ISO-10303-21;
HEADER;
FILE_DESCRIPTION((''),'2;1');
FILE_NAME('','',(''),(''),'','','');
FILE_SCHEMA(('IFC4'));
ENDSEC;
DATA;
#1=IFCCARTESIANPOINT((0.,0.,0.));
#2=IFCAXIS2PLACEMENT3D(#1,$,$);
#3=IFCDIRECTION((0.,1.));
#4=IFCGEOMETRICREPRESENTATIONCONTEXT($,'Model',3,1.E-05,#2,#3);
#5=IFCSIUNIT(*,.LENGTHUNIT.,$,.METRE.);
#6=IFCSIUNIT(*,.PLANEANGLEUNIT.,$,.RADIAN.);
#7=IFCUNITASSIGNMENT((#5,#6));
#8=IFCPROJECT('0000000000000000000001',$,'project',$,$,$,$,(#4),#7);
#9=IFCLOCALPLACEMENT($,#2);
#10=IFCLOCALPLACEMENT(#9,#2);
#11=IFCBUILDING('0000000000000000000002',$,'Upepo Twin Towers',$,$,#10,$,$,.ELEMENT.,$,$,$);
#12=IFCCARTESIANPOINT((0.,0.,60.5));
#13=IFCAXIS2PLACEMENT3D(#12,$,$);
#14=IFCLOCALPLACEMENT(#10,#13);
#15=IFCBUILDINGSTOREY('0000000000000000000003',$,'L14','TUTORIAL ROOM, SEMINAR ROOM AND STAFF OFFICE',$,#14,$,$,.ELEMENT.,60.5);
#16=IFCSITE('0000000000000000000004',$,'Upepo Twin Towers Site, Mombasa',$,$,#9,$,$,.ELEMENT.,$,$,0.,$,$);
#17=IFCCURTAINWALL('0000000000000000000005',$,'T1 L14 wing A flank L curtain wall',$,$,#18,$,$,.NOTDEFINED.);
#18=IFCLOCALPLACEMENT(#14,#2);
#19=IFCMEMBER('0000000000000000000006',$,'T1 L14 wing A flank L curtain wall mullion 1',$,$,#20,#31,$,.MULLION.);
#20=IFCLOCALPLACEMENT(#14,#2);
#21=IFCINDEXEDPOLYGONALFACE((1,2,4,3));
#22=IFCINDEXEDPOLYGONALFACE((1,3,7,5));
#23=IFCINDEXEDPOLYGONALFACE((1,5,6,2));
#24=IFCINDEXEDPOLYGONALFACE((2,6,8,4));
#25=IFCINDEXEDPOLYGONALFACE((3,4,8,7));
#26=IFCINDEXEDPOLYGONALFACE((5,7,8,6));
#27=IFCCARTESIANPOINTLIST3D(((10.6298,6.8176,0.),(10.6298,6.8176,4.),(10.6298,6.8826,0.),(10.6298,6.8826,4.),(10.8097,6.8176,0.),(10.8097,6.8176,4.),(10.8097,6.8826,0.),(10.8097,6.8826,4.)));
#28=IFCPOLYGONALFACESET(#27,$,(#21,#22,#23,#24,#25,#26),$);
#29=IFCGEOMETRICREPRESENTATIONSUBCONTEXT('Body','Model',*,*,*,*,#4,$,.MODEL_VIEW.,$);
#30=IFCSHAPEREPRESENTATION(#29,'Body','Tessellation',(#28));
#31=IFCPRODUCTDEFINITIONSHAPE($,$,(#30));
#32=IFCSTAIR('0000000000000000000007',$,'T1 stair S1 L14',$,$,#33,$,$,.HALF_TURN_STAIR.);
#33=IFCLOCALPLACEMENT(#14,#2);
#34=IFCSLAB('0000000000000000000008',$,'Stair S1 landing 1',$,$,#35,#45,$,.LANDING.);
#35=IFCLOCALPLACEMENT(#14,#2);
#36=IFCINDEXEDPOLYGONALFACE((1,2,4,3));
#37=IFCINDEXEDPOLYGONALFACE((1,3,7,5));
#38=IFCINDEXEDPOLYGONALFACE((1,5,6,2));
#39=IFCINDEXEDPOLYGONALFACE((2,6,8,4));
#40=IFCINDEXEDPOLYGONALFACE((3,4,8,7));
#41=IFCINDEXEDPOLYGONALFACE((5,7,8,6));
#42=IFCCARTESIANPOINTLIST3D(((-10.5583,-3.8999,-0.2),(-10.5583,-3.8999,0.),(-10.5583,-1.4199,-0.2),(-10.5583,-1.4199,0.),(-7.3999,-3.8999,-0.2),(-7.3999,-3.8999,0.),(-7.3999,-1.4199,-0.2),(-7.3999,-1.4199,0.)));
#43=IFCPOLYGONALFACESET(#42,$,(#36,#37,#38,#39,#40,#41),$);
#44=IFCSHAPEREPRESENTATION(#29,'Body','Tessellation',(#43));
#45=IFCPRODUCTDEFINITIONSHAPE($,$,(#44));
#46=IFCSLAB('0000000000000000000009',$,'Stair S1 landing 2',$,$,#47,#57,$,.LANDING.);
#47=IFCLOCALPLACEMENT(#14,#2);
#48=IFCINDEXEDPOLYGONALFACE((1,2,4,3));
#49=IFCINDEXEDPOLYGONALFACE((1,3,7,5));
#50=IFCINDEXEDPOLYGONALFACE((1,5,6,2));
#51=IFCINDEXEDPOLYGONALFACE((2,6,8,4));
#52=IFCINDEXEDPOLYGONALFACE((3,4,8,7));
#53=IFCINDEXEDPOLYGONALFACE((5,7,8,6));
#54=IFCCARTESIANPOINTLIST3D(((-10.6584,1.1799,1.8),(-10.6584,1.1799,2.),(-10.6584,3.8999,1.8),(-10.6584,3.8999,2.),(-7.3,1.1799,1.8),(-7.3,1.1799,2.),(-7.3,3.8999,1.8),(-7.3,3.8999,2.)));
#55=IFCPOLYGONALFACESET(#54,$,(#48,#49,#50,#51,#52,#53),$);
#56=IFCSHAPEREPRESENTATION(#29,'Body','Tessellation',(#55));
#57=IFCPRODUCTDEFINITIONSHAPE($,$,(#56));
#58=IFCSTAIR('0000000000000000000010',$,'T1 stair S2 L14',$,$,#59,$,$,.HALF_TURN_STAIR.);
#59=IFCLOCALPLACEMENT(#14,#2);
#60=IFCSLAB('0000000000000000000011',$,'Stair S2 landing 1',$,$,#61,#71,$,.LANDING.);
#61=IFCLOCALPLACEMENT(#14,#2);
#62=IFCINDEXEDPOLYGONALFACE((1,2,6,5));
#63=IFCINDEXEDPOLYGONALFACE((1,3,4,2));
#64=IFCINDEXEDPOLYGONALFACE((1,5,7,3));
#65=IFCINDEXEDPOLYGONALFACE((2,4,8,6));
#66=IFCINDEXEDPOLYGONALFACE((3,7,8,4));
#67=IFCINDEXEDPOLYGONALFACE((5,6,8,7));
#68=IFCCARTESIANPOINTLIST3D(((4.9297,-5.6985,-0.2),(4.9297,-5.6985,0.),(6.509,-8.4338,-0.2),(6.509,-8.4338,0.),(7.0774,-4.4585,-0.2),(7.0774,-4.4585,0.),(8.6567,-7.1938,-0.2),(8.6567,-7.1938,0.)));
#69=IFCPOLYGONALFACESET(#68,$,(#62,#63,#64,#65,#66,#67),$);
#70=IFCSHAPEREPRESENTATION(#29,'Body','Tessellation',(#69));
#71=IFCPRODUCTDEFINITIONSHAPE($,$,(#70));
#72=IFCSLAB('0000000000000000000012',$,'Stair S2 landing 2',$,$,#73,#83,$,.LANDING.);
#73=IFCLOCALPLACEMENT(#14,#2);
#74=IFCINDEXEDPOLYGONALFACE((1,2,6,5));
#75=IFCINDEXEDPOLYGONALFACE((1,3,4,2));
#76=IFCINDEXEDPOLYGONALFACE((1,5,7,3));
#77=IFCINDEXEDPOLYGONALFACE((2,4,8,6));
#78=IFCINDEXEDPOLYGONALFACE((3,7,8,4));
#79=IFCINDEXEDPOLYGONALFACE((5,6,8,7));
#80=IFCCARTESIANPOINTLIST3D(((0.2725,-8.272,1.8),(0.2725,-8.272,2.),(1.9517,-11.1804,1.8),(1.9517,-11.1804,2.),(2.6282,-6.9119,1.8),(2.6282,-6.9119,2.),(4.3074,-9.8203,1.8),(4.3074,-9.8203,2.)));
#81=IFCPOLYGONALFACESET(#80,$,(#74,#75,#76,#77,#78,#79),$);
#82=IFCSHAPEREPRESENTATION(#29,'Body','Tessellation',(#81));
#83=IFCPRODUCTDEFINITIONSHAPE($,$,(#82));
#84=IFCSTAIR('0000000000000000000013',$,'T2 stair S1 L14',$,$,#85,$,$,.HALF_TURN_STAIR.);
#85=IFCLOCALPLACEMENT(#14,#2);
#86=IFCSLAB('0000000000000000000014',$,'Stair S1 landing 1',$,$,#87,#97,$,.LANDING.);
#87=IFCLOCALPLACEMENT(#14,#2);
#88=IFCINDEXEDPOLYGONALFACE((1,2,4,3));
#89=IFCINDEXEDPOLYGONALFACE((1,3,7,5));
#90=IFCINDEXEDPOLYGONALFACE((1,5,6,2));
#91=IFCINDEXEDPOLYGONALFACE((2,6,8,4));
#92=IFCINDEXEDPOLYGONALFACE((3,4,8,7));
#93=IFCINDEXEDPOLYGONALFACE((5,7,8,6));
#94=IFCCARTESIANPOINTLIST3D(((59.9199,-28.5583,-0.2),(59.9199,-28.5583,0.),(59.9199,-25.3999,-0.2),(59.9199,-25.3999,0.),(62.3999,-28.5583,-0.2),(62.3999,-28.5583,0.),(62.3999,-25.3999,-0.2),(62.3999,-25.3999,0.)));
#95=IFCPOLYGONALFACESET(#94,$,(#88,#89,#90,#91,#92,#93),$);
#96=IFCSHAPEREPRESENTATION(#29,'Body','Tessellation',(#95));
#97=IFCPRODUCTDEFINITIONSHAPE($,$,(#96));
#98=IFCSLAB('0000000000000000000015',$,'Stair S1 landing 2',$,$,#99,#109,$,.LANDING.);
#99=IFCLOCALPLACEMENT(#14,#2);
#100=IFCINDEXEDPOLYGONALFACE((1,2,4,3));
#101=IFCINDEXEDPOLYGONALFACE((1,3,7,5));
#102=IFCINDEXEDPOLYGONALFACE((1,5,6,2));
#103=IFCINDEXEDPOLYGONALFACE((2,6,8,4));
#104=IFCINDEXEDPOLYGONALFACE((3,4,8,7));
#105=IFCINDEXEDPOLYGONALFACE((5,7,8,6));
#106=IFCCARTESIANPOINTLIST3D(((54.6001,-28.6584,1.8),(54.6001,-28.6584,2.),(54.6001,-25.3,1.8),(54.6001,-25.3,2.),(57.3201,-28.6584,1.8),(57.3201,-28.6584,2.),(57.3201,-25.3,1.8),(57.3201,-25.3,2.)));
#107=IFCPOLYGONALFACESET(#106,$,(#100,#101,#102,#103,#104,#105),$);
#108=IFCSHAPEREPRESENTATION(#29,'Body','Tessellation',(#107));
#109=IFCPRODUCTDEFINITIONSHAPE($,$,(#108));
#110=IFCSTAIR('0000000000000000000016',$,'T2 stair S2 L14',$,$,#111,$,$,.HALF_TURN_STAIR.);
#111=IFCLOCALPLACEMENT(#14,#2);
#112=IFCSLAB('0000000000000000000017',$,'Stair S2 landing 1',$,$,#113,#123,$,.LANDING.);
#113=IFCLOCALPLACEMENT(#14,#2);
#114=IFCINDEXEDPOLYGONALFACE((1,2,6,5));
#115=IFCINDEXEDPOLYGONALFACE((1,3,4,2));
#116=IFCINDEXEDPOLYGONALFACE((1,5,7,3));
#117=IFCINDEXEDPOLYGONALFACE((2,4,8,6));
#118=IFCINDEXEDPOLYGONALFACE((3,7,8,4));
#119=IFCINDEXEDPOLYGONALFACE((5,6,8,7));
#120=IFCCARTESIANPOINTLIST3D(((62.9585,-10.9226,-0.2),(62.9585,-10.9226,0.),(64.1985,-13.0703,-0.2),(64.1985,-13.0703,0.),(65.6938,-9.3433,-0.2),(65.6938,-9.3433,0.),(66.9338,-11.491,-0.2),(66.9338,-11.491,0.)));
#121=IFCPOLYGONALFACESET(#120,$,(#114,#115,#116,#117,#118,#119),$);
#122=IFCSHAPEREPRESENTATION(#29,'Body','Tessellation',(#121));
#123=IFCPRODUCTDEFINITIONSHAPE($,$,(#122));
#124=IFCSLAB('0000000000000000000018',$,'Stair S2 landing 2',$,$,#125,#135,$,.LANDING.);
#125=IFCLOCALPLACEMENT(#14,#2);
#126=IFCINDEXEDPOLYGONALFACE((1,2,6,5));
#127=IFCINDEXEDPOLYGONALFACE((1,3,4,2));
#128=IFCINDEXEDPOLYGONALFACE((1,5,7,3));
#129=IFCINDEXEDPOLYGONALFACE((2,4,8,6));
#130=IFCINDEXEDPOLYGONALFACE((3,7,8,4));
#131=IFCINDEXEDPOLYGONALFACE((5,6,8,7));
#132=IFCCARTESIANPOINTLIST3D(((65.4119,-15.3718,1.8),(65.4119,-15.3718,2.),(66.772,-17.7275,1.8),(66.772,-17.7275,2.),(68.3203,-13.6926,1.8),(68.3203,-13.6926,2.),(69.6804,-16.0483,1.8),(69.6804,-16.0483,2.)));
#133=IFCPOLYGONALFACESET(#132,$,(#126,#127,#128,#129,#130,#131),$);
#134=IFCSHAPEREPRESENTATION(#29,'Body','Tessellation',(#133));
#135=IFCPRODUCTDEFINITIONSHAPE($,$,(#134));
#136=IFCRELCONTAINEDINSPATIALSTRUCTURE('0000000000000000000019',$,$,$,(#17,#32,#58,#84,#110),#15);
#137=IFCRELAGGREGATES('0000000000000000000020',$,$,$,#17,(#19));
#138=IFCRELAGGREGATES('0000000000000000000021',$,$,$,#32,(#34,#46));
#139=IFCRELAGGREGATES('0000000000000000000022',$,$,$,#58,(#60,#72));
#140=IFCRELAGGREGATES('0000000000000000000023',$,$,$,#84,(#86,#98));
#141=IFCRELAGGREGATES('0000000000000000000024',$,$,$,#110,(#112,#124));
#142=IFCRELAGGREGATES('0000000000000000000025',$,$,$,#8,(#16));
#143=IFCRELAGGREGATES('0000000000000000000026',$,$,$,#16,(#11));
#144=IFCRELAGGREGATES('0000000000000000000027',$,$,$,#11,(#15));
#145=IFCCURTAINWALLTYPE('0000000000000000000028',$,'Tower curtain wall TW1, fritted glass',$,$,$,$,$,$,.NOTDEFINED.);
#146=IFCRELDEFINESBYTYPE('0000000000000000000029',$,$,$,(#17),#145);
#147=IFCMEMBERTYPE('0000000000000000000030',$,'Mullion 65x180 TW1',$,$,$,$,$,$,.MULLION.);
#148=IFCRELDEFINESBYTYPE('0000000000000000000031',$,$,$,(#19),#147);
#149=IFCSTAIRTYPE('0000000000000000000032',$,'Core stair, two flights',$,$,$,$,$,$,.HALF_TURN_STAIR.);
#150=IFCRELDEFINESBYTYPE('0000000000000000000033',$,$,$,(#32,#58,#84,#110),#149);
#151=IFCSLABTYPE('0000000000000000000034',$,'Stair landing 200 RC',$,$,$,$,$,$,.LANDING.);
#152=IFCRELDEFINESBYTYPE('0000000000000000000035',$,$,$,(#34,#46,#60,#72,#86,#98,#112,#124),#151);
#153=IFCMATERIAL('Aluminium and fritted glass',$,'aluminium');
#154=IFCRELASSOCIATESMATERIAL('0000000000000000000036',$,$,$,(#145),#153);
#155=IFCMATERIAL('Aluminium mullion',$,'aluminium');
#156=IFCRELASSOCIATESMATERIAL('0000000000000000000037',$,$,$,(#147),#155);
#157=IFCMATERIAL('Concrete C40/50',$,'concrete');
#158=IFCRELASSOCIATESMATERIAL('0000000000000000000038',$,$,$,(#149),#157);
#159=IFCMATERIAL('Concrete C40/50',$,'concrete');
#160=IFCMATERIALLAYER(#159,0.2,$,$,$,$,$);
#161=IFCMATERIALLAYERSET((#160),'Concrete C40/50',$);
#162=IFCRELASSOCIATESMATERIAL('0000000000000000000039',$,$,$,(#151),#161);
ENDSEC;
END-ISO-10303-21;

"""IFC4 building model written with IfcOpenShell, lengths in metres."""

from ifc_helpers import new_model, si_unit, direction, frame, origin, origin_2d, place, context, subcontext, project, spatial, polyline, rectangle, outline, extrude, material, layer, layer_set, material_profile, profile_set, type_object, element, aggregate, save


model = new_model("IFC4")

# Units and contexts
model_context = context("Model", 3, precision=1e-05, world=origin(), true_north=direction((0.0, 1.0)))
body_context = subcontext(model_context, "Body", "Model", "MODEL_VIEW")
ifc_project = project(units=[si_unit("LENGTHUNIT", "METRE"), si_unit("PLANEANGLEUNIT", "RADIAN")], contexts=[model_context])

# Site, building, storey
site_placement = place(None, origin())
site = spatial("IfcSite", under=ifc_project, at=site_placement, Name="Upepo Twin Towers Site, Mombasa", CompositionType="ELEMENT", RefElevation=0.0)
building_placement = place(site_placement, origin())
building = spatial("IfcBuilding", under=site, at=building_placement, Name="Upepo Twin Towers", CompositionType="ELEMENT")
storey_placement = place(building_placement, frame((0.0, 0.0, 60.5)))
storey = spatial("IfcBuildingStorey", under=building, at=storey_placement, Name="L14", Description="TUTORIAL ROOM, SEMINAR ROOM AND STAFF OFFICE", CompositionType="ELEMENT", Elevation=60.5)

# Curtain wall, member
ifc_material_1 = material(Name="Aluminium and fritted glass", Category="aluminium")
curtain_wall_type = type_object("IfcCurtainWallType", Name="Tower curtain wall TW1, fritted glass", PredefinedType="NOTDEFINED", material=ifc_material_1)
curtain_wall_placement = place(storey_placement, origin())
curtain_wall = element("IfcCurtainWall", 1, at=curtain_wall_placement, inside=storey, type_object=curtain_wall_type, Name="T1 L14 wing A flank L curtain wall", PredefinedType="NOTDEFINED")
ifc_material_2 = material(Name="Aluminium mullion", Category="aluminium")
ifc_material_profile = material_profile(ifc_material_2, rectangle(XDim=0.0649, YDim=0.1799, at=origin_2d()), Name="MULLION 65x180")
ifc_profile_set = profile_set([ifc_material_profile], Name="Aluminium mullion")
member_type = type_object("IfcMemberType", Name="Mullion 65x180 TW1", PredefinedType="MULLION", material=ifc_profile_set)
member_placement = place(storey_placement, frame((10.7197, 6.8501, 0.0), z_axis=(0.0, 0.0, 1.0), x_axis=(0.0, 1.0, 0.0)))
member = element("IfcMember", 2, at=member_placement, type_object=member_type, Name="T1 L14 wing A flank L curtain wall mullion 1", PredefinedType="MULLION", context=body_context, shape_type="SweptSolid", body=[
    extrude(rectangle(XDim=0.0649, YDim=0.1799, at=origin_2d()), origin(), (0.0, 0.0, 1.0), 4.0),
])
aggregate(curtain_wall, [member])

# Stairs, slabs
ifc_material_3 = material(Name="Concrete C40/50", Category="concrete")
stair_type = type_object("IfcStairType", Name="Core stair, two flights", PredefinedType="HALF_TURN_STAIR", material=ifc_material_3)
stair_1_placement = place(storey_placement, origin())
stair_1 = element("IfcStair", 3, at=stair_1_placement, inside=storey, type_object=stair_type, Name="T1 stair S1 L14", PredefinedType="HALF_TURN_STAIR")
ifc_material_4 = material(Name="Concrete C40/50", Category="concrete")
ifc_layer_1 = layer(ifc_material_4, 0.2)
ifc_layer_set_1 = layer_set([ifc_layer_1], Name="Concrete C40/50")
slab_type_1 = type_object("IfcSlabType", Name="Stair landing 200 RC", PredefinedType="LANDING", material=ifc_layer_set_1)
slab_1_placement = place(storey_placement, frame((0.0, 0.0, -0.2)))
slab_1 = element("IfcSlab", 4, at=slab_1_placement, type_object=slab_type_1, Name="Stair S1 landing 1", PredefinedType="LANDING", context=body_context, shape_type="SweptSolid", body=[
    extrude(outline(polyline([(-7.3999, -1.4199), (-10.5583, -1.4199), (-10.5583, -3.8999), (-7.3999, -3.8999), (-7.3999, -1.4199)])), origin(), (0.0, 0.0, 1.0), 0.2),
])
slab_2_placement = place(storey_placement, frame((0.0, 0.0, 1.8)))
slab_2 = element("IfcSlab", 5, at=slab_2_placement, type_object=slab_type_1, Name="Stair S1 landing 2", PredefinedType="LANDING", context=body_context, shape_type="SweptSolid", body=[
    extrude(outline(polyline([(-7.3, 3.8999), (-10.6584, 3.8999), (-10.6584, 1.1799), (-7.3, 1.1799), (-7.3, 3.8999)])), origin(), (0.0, 0.0, 1.0), 0.2),
])
aggregate(stair_1, [slab_1, slab_2])
stair_2_placement = place(storey_placement, origin())
stair_2 = element("IfcStair", 6, at=stair_2_placement, inside=storey, type_object=stair_type, Name="T1 stair S2 L14", PredefinedType="HALF_TURN_STAIR")
slab_3_placement = place(storey_placement, frame((0.0, 0.0, -0.2)))
slab_3 = element("IfcSlab", 7, at=slab_3_placement, type_object=slab_type_1, Name="Stair S2 landing 1", PredefinedType="LANDING", context=body_context, shape_type="SweptSolid", body=[
    extrude(outline(polyline([(4.9297, -5.6985), (6.509, -8.4338), (8.6567, -7.1938), (7.0774, -4.4585), (4.9297, -5.6985)])), origin(), (0.0, 0.0, 1.0), 0.2),
])
slab_4_placement = place(storey_placement, frame((0.0, 0.0, 1.8)))
slab_4 = element("IfcSlab", 8, at=slab_4_placement, type_object=slab_type_1, Name="Stair S2 landing 2", PredefinedType="LANDING", context=body_context, shape_type="SweptSolid", body=[
    extrude(outline(polyline([(0.2725, -8.272), (1.9517, -11.1804), (4.3074, -9.8203), (2.6282, -6.9119), (0.2725, -8.272)])), origin(), (0.0, 0.0, 1.0), 0.2),
])
aggregate(stair_2, [slab_3, slab_4])
stair_3_placement = place(storey_placement, origin())
stair_3 = element("IfcStair", 9, at=stair_3_placement, inside=storey, type_object=stair_type, Name="T2 stair S1 L14", PredefinedType="HALF_TURN_STAIR")
slab_5_placement = place(storey_placement, frame((0.0, 0.0, -0.2)))
slab_5 = element("IfcSlab", 10, at=slab_5_placement, type_object=slab_type_1, Name="Stair S1 landing 1", PredefinedType="LANDING", context=body_context, shape_type="SweptSolid", body=[
    extrude(outline(polyline([(59.9199, -25.3999), (59.9199, -28.5583), (62.3999, -28.5583), (62.3999, -25.3999), (59.9199, -25.3999)])), origin(), (0.0, 0.0, 1.0), 0.2),
])
slab_6_placement = place(storey_placement, frame((0.0, 0.0, 1.8)))
slab_6 = element("IfcSlab", 11, at=slab_6_placement, type_object=slab_type_1, Name="Stair S1 landing 2", PredefinedType="LANDING", context=body_context, shape_type="SweptSolid", body=[
    extrude(outline(polyline([(54.6001, -25.3), (54.6001, -28.6584), (57.3201, -28.6584), (57.3201, -25.3), (54.6001, -25.3)])), origin(), (0.0, 0.0, 1.0), 0.2),
])
aggregate(stair_3, [slab_5, slab_6])
stair_4_placement = place(storey_placement, origin())
stair_4 = element("IfcStair", 12, at=stair_4_placement, inside=storey, type_object=stair_type, Name="T2 stair S2 L14", PredefinedType="HALF_TURN_STAIR")
slab_7_placement = place(storey_placement, frame((0.0, 0.0, -0.2)))
slab_7 = element("IfcSlab", 13, at=slab_7_placement, type_object=slab_type_1, Name="Stair S2 landing 1", PredefinedType="LANDING", context=body_context, shape_type="SweptSolid", body=[
    extrude(outline(polyline([(64.1985, -13.0703), (66.9338, -11.491), (65.6938, -9.3433), (62.9585, -10.9226), (64.1985, -13.0703)])), origin(), (0.0, 0.0, 1.0), 0.2),
])
slab_8_placement = place(storey_placement, frame((0.0, 0.0, 1.8)))
slab_8 = element("IfcSlab", 14, at=slab_8_placement, type_object=slab_type_1, Name="Stair S2 landing 2", PredefinedType="LANDING", context=body_context, shape_type="SweptSolid", body=[
    extrude(outline(polyline([(66.772, -17.7275), (69.6804, -16.0483), (68.3203, -13.6926), (65.4119, -15.3718), (66.772, -17.7275)])), origin(), (0.0, 0.0, 1.0), 0.2),
])
aggregate(stair_4, [slab_7, slab_8])

save(model, "model.ifc")
